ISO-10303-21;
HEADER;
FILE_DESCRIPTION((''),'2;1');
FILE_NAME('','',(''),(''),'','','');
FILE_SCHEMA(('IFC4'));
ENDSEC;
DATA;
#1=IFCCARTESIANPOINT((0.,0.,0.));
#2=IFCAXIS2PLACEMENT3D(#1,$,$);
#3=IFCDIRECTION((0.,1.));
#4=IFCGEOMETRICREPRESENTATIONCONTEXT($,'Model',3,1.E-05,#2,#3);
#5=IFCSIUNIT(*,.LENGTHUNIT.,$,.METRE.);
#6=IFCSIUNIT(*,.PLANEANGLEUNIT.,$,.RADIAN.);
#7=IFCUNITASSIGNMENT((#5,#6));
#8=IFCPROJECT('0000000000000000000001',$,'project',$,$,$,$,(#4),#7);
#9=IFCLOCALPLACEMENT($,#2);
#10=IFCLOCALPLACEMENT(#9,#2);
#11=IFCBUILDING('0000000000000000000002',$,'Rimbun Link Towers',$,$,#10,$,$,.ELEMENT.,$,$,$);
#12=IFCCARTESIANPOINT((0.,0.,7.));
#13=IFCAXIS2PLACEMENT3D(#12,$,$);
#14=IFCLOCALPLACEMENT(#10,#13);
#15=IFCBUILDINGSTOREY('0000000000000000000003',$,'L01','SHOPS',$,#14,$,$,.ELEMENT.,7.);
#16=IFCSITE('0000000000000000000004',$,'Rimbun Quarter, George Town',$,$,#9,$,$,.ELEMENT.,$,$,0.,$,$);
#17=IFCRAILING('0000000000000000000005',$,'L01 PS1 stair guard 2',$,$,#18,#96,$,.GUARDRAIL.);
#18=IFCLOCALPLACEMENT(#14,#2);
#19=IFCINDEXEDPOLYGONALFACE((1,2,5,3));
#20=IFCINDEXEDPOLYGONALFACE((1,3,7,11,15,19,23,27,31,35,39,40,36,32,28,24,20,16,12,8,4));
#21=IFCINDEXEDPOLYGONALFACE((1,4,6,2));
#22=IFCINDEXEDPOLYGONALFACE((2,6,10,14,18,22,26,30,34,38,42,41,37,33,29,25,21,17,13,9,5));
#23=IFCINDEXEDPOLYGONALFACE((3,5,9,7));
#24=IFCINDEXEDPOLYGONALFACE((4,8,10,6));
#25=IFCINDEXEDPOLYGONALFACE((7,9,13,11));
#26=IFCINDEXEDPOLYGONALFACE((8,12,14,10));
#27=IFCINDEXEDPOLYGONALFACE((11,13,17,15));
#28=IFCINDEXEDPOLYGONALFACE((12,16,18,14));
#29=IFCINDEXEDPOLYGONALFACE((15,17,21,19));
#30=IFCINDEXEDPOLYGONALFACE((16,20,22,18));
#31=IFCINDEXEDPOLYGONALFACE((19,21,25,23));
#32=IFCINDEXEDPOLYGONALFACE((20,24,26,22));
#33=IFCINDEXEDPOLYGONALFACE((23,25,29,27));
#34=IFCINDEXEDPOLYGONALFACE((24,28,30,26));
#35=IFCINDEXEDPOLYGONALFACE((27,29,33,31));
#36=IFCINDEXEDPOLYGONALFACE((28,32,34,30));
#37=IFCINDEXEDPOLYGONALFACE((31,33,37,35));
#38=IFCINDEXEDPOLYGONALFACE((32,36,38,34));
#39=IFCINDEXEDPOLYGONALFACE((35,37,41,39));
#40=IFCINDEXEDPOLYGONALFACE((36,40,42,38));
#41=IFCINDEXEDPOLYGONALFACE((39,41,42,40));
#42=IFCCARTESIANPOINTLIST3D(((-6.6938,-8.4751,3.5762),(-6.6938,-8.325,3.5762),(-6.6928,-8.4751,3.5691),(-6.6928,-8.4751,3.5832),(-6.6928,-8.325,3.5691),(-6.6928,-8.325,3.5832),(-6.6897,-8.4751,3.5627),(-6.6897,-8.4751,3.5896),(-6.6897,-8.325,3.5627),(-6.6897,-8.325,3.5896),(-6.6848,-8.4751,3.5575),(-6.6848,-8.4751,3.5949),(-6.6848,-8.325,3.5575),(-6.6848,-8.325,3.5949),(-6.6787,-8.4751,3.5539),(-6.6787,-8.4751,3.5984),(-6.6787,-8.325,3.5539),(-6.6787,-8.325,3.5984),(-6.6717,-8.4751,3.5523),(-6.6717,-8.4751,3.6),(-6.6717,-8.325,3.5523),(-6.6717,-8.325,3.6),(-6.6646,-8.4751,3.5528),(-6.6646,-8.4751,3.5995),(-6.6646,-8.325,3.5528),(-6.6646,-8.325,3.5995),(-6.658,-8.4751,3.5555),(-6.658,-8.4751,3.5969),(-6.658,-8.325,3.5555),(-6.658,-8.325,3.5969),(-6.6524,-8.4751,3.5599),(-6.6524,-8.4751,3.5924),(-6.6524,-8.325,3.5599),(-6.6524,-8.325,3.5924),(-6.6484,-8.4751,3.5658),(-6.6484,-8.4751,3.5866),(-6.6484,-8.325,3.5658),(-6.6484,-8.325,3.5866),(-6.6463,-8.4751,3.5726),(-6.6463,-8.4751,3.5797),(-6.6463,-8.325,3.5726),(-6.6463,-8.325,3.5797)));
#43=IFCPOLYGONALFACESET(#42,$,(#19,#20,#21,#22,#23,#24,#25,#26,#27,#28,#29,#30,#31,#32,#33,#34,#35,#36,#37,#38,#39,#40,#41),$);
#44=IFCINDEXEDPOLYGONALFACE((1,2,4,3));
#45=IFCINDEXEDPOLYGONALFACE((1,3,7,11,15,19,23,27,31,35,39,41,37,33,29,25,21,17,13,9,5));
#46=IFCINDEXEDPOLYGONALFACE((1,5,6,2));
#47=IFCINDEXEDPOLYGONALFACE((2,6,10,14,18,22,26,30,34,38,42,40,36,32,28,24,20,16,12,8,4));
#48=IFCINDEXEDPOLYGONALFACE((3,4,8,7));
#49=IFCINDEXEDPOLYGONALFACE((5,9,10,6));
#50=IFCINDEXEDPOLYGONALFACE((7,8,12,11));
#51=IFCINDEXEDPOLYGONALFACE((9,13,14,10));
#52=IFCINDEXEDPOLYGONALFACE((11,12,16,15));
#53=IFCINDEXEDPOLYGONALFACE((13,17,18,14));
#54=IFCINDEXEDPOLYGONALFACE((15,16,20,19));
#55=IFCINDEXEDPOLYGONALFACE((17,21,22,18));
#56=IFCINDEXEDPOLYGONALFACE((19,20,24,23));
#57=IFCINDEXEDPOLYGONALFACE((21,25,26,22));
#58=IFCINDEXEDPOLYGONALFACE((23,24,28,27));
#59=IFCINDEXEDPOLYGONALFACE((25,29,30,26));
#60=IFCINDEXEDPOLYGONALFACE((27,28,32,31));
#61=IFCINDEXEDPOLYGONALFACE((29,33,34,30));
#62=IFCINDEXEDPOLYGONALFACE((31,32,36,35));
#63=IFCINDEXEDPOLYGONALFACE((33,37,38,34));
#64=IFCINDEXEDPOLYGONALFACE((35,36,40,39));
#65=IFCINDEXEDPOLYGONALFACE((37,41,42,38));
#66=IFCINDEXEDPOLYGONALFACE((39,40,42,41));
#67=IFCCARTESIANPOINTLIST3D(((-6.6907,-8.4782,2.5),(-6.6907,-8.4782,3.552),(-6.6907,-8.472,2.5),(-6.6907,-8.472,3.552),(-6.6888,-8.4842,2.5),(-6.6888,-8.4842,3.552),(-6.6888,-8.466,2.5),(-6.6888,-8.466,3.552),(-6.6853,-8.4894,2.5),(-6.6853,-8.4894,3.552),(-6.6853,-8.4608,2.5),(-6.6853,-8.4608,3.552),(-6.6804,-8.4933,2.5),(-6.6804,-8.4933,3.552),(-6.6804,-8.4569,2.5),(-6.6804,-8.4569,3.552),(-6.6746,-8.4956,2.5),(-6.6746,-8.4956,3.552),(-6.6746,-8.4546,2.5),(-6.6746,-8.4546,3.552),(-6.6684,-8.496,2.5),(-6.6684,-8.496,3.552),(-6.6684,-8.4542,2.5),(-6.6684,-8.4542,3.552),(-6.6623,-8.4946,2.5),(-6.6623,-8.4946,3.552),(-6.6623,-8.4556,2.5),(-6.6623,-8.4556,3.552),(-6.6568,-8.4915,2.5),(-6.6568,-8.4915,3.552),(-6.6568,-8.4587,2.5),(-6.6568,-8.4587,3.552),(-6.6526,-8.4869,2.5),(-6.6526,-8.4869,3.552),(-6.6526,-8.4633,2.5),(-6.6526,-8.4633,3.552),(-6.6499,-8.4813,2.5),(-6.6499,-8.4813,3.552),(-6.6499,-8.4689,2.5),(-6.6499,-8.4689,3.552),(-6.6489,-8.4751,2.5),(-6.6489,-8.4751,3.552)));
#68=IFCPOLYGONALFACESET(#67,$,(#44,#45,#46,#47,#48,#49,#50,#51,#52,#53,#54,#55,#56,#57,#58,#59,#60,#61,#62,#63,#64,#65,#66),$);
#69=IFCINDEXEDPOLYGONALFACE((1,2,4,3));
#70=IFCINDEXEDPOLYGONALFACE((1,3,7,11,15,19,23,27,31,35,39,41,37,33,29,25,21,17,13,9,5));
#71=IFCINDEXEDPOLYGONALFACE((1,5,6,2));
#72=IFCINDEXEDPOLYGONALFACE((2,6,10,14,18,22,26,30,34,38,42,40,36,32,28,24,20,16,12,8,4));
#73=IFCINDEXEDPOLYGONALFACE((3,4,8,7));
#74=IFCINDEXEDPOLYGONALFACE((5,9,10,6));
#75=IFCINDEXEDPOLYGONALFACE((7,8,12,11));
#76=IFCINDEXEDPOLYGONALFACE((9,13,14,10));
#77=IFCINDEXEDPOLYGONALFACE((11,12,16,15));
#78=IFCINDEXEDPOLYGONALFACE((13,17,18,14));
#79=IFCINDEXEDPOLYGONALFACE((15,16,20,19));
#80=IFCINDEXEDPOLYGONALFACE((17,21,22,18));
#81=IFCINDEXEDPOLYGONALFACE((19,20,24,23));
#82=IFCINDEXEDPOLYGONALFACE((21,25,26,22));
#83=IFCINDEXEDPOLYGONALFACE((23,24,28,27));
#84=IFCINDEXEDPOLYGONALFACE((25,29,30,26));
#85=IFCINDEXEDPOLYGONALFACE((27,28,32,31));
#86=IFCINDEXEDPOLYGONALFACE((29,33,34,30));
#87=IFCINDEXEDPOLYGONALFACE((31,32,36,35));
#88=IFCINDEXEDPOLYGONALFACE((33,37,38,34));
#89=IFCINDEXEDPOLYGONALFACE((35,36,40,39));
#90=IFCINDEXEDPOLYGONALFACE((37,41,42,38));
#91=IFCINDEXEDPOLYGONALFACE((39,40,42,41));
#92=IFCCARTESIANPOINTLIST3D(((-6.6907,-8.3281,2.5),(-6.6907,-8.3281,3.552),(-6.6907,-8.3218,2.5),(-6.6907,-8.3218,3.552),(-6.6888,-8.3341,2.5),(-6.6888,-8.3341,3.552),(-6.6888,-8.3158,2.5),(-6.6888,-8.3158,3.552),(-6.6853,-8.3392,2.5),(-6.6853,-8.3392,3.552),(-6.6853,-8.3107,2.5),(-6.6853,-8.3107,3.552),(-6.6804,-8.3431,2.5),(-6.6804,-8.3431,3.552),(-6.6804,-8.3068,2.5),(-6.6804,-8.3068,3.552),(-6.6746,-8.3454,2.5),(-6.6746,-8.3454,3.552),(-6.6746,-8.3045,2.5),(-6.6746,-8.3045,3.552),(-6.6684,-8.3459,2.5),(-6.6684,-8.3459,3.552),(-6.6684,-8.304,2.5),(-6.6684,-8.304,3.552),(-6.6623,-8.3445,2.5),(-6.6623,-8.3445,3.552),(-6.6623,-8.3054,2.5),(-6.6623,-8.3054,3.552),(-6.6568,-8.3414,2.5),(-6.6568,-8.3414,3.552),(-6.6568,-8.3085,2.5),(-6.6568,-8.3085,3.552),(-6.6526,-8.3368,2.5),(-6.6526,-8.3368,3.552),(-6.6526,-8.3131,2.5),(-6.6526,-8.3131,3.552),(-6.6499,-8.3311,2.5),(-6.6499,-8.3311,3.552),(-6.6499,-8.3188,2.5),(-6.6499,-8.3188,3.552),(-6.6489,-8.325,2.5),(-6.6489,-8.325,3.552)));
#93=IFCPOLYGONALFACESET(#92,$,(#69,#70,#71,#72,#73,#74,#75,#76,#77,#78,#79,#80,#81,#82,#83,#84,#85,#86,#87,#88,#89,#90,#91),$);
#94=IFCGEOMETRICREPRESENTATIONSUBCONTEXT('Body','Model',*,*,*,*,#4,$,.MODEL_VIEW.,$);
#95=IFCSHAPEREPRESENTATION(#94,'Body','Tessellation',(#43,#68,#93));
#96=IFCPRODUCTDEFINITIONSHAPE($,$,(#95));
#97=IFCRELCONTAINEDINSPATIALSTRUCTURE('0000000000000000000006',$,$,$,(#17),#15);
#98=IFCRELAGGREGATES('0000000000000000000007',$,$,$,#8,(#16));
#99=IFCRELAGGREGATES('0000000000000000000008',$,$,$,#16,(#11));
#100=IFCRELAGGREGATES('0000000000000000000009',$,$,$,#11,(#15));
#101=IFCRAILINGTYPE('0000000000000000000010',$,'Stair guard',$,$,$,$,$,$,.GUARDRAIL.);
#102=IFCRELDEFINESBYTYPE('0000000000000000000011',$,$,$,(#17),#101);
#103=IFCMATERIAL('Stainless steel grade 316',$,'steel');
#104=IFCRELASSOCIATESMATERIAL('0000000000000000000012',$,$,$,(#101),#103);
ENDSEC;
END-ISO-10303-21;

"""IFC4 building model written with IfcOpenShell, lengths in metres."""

from ifc_helpers import new_model, si_unit, direction, frame, origin, origin_2d, place, context, subcontext, project, spatial, circle, extrude, material, type_object, element, save


model = new_model("IFC4")

# Units and contexts
model_context = context("Model", 3, precision=1e-05, world=origin(), true_north=direction((0.0, 1.0)))
body_context = subcontext(model_context, "Body", "Model", "MODEL_VIEW")
ifc_project = project(units=[si_unit("LENGTHUNIT", "METRE"), si_unit("PLANEANGLEUNIT", "RADIAN")], contexts=[model_context])

# Site, building, storey
site_placement = place(None, origin())
site = spatial("IfcSite", under=ifc_project, at=site_placement, Name="Rimbun Quarter, George Town", CompositionType="ELEMENT", RefElevation=0.0)
building_placement = place(site_placement, origin())
building = spatial("IfcBuilding", under=site, at=building_placement, Name="Rimbun Link Towers", CompositionType="ELEMENT")
storey_placement = place(building_placement, frame((0.0, 0.0, 7.0)))
storey = spatial("IfcBuildingStorey", under=building, at=storey_placement, Name="L01", Description="SHOPS", CompositionType="ELEMENT", Elevation=7.0)

# Railing
ifc_material_1 = material(Name="Stainless steel grade 316", Category="steel")
railing_type_1 = type_object("IfcRailingType", Name="Stair guard", PredefinedType="GUARDRAIL", material=ifc_material_1)
railing_1_placement = place(storey_placement, frame((-6.6699, -8.4751, 2.5)))
element("IfcRailing", 1, at=railing_1_placement, inside=storey, type_object=railing_type_1, Name="L01 PS1 stair guard 2", PredefinedType="GUARDRAIL", context=body_context, shape_type="SweptSolid", body=[
    extrude(circle(Radius=0.0239, at=origin_2d()), frame((0.0, 0.0, 1.0762), z_axis=(0.0, 1.0, 0.0), x_axis=(-1.0, 0.0, 0.0)), (0.0, 0.0, 1.0), 0.1501),
    extrude(circle(Radius=0.021, at=origin_2d()), origin(), (0.0, 0.0, 1.0), 1.052),
    extrude(circle(Radius=0.021, at=origin_2d()), frame((0.0, 0.1501, 0.0)), (0.0, 0.0, 1.0), 1.052),
])

save(model, "model.ifc")
